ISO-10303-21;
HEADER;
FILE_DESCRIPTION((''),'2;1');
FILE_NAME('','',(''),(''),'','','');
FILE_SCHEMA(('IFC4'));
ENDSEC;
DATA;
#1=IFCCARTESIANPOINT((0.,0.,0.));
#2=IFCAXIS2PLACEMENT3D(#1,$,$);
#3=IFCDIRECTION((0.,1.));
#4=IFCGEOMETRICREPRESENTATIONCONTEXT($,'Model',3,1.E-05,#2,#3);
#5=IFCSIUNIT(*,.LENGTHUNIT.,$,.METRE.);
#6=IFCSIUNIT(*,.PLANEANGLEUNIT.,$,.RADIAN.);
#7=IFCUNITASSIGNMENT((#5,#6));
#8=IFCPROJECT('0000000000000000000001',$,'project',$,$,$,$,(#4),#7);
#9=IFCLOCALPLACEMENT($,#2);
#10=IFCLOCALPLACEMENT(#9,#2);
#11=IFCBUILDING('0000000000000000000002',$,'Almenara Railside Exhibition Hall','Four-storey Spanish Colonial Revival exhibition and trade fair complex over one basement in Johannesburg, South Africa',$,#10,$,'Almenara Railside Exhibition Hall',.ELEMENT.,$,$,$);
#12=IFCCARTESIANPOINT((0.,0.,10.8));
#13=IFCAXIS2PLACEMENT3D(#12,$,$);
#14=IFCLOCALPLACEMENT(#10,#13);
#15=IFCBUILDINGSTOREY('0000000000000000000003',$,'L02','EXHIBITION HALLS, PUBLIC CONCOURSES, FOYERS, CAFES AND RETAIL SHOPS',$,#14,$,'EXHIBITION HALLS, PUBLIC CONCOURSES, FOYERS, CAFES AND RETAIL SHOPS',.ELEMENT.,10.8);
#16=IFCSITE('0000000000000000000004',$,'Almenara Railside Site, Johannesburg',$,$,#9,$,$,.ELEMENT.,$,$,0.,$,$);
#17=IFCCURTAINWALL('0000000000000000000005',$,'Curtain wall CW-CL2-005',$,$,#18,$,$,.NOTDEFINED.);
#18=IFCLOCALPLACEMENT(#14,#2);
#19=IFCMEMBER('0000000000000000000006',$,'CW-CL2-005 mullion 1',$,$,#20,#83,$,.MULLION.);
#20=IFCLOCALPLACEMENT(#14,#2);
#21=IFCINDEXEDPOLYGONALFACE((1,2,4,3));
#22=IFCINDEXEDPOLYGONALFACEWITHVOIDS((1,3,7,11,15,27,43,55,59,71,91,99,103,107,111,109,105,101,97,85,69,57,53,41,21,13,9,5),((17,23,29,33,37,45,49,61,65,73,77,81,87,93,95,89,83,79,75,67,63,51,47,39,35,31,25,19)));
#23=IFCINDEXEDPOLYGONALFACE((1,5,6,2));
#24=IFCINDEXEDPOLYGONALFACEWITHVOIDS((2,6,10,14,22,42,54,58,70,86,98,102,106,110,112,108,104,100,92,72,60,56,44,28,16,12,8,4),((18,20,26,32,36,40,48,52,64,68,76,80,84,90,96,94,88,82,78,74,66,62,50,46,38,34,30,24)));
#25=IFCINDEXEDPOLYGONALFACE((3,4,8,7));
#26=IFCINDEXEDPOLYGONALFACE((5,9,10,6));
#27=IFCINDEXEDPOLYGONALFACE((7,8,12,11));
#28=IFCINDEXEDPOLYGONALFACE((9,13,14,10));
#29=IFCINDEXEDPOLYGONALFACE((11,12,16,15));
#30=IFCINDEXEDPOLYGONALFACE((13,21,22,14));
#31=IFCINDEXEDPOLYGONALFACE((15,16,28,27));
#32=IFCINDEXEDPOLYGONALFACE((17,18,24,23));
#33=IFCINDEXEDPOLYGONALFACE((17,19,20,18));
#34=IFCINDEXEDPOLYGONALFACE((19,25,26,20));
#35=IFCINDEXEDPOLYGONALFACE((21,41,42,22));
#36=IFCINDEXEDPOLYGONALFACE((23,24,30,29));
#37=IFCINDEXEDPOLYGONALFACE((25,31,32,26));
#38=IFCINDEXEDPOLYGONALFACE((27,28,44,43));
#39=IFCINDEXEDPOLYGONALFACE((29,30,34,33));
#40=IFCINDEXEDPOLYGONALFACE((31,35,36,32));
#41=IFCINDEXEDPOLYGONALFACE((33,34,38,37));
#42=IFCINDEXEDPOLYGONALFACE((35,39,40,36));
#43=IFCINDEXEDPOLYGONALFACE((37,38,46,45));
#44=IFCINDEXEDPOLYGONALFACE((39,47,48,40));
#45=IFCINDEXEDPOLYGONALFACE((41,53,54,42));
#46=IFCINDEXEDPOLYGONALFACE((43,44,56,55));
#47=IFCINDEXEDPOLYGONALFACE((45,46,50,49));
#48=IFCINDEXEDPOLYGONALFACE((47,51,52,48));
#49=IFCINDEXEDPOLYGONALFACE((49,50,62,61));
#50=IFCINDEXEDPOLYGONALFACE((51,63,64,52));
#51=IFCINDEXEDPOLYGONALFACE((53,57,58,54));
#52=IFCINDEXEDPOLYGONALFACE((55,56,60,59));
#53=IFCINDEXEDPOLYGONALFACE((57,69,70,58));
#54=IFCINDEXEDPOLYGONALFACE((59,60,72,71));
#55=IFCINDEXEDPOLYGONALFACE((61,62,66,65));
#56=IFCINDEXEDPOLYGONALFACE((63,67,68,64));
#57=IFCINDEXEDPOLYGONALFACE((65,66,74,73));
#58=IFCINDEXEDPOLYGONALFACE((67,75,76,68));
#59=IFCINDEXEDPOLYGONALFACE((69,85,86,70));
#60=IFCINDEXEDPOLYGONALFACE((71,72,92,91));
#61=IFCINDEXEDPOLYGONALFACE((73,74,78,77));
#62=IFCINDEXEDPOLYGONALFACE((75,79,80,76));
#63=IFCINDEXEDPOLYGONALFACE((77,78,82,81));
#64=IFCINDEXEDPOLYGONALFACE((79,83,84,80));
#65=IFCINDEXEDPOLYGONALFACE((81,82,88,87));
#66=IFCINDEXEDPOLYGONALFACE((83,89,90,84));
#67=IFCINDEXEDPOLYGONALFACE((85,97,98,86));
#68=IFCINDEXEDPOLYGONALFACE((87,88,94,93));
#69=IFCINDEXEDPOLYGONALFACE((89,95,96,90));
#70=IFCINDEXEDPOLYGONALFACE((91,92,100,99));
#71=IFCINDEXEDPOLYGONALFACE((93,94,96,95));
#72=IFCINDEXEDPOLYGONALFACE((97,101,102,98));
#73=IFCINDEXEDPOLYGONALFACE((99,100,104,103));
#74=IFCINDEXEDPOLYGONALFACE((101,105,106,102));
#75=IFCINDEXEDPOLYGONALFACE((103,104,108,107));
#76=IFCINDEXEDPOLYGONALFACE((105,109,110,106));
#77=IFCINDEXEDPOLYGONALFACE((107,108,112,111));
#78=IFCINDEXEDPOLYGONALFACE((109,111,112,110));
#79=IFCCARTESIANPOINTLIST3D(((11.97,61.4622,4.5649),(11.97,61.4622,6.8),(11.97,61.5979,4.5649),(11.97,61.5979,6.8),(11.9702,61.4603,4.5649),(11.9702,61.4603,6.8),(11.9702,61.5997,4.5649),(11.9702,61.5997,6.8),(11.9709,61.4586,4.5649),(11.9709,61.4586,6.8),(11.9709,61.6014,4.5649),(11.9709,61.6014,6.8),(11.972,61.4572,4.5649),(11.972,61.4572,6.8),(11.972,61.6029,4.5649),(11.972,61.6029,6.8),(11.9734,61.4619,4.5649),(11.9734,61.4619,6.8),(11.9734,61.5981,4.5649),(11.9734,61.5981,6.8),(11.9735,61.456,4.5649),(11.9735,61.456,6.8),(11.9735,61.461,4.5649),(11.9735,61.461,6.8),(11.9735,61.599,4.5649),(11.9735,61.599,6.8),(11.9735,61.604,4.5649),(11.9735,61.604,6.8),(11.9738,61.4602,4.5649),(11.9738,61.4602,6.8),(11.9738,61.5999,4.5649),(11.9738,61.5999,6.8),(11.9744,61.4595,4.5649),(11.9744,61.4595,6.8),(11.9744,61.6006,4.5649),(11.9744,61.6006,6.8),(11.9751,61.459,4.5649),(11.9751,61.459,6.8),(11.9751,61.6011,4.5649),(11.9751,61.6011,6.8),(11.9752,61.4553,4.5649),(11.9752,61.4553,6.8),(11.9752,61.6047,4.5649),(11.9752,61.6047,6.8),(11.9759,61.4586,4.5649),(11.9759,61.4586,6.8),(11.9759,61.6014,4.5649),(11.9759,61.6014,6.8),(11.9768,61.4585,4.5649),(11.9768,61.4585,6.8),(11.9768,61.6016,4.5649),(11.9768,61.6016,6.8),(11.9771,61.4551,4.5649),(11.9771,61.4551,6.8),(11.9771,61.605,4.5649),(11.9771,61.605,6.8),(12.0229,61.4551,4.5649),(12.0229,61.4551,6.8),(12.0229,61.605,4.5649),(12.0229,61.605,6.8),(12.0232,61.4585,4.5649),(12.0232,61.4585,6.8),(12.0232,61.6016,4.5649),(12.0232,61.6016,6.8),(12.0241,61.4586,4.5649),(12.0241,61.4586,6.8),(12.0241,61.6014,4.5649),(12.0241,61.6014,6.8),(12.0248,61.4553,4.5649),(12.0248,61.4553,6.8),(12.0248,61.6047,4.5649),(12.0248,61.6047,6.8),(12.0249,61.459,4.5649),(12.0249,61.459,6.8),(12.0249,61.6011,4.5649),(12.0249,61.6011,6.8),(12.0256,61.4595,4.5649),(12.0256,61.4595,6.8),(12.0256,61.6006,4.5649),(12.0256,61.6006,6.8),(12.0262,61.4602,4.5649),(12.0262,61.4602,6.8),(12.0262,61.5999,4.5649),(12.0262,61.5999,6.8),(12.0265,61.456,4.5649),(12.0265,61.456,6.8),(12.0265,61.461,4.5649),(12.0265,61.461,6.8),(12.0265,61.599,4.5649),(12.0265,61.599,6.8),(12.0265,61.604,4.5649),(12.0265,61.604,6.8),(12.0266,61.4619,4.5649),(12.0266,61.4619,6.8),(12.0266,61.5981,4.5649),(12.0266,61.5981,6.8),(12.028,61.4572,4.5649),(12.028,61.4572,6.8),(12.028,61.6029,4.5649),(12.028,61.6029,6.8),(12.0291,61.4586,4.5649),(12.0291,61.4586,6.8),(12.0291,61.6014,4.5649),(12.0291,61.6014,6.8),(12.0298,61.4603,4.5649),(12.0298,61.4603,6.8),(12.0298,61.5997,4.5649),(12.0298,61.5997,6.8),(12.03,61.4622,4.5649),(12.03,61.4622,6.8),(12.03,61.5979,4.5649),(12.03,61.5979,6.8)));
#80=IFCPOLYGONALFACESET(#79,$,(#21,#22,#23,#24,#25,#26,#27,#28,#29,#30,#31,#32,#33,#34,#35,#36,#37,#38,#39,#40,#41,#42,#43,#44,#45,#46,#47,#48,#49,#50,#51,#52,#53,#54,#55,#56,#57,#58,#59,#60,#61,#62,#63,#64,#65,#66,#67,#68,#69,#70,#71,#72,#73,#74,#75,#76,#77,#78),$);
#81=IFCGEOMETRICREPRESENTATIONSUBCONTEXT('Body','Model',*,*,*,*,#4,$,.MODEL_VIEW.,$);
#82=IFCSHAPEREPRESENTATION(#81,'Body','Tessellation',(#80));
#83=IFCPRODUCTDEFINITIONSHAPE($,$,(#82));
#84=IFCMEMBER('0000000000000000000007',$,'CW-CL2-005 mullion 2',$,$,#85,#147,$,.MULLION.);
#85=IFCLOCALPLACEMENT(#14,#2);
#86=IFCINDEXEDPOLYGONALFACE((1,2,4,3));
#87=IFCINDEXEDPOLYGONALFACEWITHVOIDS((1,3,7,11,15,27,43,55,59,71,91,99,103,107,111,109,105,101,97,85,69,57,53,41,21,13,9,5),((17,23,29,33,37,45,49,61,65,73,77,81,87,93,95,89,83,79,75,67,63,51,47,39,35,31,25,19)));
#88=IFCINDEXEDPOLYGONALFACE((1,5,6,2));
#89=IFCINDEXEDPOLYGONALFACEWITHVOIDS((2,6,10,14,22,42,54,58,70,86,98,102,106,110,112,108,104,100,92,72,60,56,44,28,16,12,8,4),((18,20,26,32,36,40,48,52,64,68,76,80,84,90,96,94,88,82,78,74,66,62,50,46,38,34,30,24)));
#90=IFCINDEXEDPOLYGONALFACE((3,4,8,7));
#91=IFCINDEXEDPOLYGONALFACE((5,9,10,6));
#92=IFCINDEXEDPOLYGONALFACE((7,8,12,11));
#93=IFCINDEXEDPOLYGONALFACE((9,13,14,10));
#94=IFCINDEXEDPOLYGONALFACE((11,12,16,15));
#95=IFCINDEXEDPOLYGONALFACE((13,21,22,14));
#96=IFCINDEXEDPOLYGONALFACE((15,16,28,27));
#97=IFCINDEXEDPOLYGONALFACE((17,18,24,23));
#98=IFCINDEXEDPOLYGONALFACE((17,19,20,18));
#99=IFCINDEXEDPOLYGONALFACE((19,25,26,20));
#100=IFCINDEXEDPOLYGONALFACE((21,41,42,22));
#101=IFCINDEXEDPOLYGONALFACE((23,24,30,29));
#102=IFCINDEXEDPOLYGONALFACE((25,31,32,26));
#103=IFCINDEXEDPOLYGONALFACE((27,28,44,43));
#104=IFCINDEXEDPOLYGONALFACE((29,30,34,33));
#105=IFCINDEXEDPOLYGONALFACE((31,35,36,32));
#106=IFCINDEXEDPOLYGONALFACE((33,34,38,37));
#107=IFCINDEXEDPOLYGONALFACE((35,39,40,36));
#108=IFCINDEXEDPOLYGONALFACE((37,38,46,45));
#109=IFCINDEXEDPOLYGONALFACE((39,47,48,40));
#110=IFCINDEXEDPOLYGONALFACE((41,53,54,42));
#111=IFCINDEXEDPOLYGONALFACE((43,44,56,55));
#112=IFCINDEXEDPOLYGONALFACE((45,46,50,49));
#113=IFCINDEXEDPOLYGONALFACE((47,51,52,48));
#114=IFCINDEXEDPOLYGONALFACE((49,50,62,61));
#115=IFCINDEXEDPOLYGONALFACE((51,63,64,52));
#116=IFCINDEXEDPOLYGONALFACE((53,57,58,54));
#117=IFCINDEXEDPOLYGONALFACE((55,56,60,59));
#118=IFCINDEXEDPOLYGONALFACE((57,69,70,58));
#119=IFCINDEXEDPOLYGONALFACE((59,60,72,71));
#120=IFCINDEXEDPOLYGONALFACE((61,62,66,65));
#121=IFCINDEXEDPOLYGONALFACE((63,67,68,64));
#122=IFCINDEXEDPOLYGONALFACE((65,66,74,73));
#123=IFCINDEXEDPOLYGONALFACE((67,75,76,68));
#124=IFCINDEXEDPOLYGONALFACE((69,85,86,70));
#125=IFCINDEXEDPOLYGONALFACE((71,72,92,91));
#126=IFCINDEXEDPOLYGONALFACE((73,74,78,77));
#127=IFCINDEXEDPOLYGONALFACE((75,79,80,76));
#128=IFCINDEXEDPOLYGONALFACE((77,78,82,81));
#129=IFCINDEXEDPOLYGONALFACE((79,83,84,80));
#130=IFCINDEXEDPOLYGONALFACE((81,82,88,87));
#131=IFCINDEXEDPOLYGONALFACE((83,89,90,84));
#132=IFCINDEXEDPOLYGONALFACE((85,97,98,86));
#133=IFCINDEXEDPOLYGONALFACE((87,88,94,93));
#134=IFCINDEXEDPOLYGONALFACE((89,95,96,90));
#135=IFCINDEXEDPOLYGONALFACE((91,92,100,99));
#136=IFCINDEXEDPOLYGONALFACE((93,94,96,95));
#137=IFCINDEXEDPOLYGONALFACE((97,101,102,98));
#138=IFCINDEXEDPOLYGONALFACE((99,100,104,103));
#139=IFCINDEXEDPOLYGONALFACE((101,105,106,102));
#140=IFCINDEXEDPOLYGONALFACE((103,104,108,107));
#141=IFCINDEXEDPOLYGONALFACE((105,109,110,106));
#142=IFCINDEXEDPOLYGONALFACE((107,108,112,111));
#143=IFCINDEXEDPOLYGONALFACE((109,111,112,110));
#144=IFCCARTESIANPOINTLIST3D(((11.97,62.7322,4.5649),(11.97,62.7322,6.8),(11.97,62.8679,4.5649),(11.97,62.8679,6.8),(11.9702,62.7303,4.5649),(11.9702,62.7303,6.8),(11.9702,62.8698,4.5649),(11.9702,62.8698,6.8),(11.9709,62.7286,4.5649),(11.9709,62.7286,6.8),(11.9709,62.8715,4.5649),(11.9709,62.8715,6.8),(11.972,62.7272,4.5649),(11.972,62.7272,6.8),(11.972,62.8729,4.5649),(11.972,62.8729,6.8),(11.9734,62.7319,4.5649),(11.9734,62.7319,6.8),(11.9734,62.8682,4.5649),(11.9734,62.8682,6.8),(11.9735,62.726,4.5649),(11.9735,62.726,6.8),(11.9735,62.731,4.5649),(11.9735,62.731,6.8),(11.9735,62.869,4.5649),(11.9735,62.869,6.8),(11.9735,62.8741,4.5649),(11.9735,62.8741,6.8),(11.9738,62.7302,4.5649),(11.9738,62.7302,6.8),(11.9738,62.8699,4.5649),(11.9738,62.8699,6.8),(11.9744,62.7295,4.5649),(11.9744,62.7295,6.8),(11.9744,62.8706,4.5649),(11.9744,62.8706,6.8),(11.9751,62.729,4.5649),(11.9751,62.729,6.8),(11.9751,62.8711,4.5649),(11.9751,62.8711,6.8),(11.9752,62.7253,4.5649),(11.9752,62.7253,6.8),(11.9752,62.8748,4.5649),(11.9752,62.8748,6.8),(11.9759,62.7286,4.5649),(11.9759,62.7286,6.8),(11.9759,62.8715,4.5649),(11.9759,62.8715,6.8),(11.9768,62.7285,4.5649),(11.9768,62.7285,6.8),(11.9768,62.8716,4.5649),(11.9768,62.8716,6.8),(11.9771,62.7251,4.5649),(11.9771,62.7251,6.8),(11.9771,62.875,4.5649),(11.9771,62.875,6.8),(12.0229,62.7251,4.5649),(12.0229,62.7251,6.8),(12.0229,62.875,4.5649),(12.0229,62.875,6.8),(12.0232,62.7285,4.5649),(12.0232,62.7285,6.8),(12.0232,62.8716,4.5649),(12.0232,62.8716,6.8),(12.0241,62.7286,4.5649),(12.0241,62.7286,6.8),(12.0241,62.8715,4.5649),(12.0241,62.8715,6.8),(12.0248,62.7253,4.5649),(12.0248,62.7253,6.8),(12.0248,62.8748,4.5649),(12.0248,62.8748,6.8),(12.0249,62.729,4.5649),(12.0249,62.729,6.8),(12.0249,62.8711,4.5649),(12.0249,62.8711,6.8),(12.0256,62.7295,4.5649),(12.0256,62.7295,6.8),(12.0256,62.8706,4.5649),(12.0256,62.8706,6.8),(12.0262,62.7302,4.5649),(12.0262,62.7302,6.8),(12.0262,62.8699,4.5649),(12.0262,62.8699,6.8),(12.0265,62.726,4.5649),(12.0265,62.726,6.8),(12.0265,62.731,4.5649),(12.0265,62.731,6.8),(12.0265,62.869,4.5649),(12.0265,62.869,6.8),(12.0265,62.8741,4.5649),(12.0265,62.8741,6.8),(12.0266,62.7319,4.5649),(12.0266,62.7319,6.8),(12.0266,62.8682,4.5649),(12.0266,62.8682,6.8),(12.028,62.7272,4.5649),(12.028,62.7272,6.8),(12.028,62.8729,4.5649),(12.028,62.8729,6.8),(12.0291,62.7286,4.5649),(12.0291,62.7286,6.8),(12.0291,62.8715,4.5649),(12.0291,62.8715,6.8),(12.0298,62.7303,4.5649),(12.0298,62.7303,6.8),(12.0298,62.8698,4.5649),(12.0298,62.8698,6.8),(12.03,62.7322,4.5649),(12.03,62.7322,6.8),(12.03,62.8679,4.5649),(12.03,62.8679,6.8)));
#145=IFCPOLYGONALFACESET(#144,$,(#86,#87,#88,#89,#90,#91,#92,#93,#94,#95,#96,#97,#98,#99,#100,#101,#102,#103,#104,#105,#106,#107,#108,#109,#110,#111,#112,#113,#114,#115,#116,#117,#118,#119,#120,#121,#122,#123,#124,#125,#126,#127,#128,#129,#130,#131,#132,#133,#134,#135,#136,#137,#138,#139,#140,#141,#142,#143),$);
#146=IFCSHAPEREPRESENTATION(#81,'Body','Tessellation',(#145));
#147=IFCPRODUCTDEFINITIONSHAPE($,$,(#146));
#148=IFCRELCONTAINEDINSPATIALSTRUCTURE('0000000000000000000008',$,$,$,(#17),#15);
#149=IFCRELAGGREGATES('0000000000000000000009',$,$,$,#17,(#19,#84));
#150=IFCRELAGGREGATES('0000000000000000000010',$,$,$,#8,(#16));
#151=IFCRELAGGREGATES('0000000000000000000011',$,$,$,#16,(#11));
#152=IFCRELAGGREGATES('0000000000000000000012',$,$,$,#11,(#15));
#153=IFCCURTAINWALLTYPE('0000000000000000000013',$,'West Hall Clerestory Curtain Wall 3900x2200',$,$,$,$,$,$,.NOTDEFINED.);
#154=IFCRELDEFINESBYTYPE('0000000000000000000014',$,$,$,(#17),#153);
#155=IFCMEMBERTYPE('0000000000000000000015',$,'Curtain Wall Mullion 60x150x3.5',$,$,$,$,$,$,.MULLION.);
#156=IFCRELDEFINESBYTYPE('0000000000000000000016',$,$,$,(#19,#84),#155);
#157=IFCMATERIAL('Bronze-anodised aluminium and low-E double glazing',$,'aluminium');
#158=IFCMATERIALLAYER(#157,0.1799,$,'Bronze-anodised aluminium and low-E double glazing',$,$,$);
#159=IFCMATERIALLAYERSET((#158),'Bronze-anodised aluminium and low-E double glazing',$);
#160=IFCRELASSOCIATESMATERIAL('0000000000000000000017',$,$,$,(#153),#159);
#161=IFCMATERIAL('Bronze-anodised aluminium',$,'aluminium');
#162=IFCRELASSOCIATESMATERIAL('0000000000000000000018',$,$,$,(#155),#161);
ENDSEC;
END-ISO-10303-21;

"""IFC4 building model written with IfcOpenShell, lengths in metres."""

from ifc_helpers import new_model, si_unit, direction, frame, origin, origin_2d, place, context, subcontext, project, spatial, hollow_rectangle, extrude, material, layer, layer_set, material_profile, profile_set, type_object, element, aggregate, save


model = new_model("IFC4")

# Units and contexts
model_context = context("Model", 3, precision=1e-05, world=origin(), true_north=direction((0.0, 1.0)))
body_context = subcontext(model_context, "Body", "Model", "MODEL_VIEW")
ifc_project = project(units=[si_unit("LENGTHUNIT", "METRE"), si_unit("PLANEANGLEUNIT", "RADIAN")], contexts=[model_context])

# Site, building, storey
site_placement = place(None, origin())
site = spatial("IfcSite", under=ifc_project, at=site_placement, Name="Almenara Railside Site, Johannesburg", CompositionType="ELEMENT", RefElevation=0.0)
building_placement = place(site_placement, origin())
building = spatial("IfcBuilding", under=site, at=building_placement, Name="Almenara Railside Exhibition Hall", Description="Four-storey Spanish Colonial Revival exhibition and trade fair complex over one basement in Johannesburg, South Africa", LongName="Almenara Railside Exhibition Hall", CompositionType="ELEMENT")
storey_placement = place(building_placement, frame((0.0, 0.0, 10.8)))
storey = spatial("IfcBuildingStorey", under=building, at=storey_placement, Name="L02", Description="EXHIBITION HALLS, PUBLIC CONCOURSES, FOYERS, CAFES AND RETAIL SHOPS", LongName="EXHIBITION HALLS, PUBLIC CONCOURSES, FOYERS, CAFES AND RETAIL SHOPS", CompositionType="ELEMENT", Elevation=10.8)

# Curtain wall, members
ifc_material_1 = material(Name="Bronze-anodised aluminium and low-E double glazing", Category="aluminium")
ifc_layer_1 = layer(ifc_material_1, 0.1799, Name="Bronze-anodised aluminium and low-E double glazing")
ifc_layer_set_1 = layer_set([ifc_layer_1], Name="Bronze-anodised aluminium and low-E double glazing")
curtain_wall_type = type_object("IfcCurtainWallType", Name="West Hall Clerestory Curtain Wall 3900x2200", PredefinedType="NOTDEFINED", material=ifc_layer_set_1)
ifc_material_2 = material(Name="Bronze-anodised aluminium", Category="aluminium")
curtain_wall_1_placement = place(storey_placement, origin())
curtain_wall_1 = element("IfcCurtainWall", 1, at=curtain_wall_1_placement, inside=storey, type_object=curtain_wall_type, Name="Curtain wall CW-CL2-005", PredefinedType="NOTDEFINED")
ifc_material_profile_1 = material_profile(ifc_material_2, hollow_rectangle(XDim=0.0601, YDim=0.1499, WallThickness=0.0034, InnerFilletRadius=0.0034, OuterFilletRadius=0.0071, at=origin_2d()), Name="ALU-MUL 60x150x3.5")
ifc_profile_set_1 = profile_set([ifc_material_profile_1], Name="Bronze-anodised aluminium")
member_type_1 = type_object("IfcMemberType", Name="Curtain Wall Mullion 60x150x3.5", PredefinedType="MULLION", material=ifc_profile_set_1)
member_1_placement = place(storey_placement, frame((12.0, 61.53, 4.5649), z_axis=(0.0, 0.0, 1.0), x_axis=(-1.0, 0.0, 0.0)))
member_1 = element("IfcMember", 2, at=member_1_placement, type_object=member_type_1, Name="CW-CL2-005 mullion 1", PredefinedType="MULLION", context=body_context, shape_type="SweptSolid", body=[
    extrude(hollow_rectangle(XDim=0.0601, YDim=0.1499, WallThickness=0.0034, InnerFilletRadius=0.0034, OuterFilletRadius=0.0071, at=origin_2d()), origin(), (0.0, 0.0, 1.0), 2.2351),
])
member_2_placement = place(storey_placement, frame((12.0, 62.8, 4.5649), z_axis=(0.0, 0.0, 1.0), x_axis=(-1.0, 0.0, 0.0)))
member_2 = element("IfcMember", 3, at=member_2_placement, type_object=member_type_1, Name="CW-CL2-005 mullion 2", PredefinedType="MULLION", context=body_context, shape_type="SweptSolid", body=[
    extrude(hollow_rectangle(XDim=0.0601, YDim=0.1499, WallThickness=0.0034, InnerFilletRadius=0.0034, OuterFilletRadius=0.0071, at=origin_2d()), origin(), (0.0, 0.0, 1.0), 2.2351),
])

aggregate(curtain_wall_1, [member_1, member_2])

save(model, "model.ifc")
